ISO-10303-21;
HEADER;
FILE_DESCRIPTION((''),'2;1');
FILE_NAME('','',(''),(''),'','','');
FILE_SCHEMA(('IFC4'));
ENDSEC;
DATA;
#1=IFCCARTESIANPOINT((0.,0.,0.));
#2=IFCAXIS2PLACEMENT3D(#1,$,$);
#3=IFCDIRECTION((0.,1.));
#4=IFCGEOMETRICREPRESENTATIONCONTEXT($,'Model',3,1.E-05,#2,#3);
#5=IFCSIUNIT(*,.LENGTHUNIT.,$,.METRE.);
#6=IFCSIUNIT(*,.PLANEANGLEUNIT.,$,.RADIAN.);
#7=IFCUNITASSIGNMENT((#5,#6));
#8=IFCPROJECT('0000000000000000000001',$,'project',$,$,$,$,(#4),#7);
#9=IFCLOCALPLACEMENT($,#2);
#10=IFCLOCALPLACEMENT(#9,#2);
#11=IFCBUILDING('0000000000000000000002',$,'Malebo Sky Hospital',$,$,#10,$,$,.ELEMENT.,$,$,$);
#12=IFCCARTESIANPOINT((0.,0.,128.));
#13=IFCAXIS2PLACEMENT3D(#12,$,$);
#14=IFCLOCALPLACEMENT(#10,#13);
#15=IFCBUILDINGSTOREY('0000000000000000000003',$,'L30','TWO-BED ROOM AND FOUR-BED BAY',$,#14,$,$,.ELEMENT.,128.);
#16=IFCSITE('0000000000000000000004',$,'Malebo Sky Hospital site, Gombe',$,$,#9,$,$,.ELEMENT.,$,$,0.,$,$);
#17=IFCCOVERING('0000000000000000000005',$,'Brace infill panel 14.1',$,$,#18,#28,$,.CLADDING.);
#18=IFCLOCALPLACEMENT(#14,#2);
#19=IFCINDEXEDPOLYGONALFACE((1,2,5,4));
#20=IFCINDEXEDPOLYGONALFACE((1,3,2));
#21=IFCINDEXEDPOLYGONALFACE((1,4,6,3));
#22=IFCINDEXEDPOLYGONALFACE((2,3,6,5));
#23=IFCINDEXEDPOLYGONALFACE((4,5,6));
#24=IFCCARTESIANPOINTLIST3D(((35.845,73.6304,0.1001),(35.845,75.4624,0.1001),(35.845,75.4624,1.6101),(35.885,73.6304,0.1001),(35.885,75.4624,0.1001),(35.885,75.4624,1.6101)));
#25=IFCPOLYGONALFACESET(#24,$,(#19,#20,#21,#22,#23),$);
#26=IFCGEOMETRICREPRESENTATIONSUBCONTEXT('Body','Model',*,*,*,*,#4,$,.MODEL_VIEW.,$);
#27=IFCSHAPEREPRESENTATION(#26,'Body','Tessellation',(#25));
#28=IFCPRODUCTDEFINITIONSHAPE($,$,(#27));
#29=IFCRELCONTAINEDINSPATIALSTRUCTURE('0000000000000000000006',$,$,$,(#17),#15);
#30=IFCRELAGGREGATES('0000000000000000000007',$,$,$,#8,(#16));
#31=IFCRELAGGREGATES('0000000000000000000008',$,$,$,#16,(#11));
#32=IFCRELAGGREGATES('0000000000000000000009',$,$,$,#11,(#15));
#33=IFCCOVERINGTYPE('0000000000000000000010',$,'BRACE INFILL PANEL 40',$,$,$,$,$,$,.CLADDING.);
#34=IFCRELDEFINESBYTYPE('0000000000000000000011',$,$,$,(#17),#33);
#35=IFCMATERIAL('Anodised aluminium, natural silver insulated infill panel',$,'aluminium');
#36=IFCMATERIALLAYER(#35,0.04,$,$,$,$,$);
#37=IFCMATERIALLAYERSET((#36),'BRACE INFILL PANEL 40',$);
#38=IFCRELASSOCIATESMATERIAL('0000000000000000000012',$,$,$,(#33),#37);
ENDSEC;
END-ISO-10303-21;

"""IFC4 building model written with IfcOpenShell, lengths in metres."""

from ifc_helpers import new_model, si_unit, direction, frame, origin, place, context, subcontext, project, spatial, polyline, outline, extrude, material, layer, layer_set, type_object, element, save


model = new_model("IFC4")

# Units and contexts
model_context = context("Model", 3, precision=1e-05, world=origin(), true_north=direction((0.0, 1.0)))
body_context = subcontext(model_context, "Body", "Model", "MODEL_VIEW")
ifc_project = project(units=[si_unit("LENGTHUNIT", "METRE"), si_unit("PLANEANGLEUNIT", "RADIAN")], contexts=[model_context])

# Site, building, storey
site_placement = place(None, origin())
site = spatial("IfcSite", under=ifc_project, at=site_placement, Name="Malebo Sky Hospital site, Gombe", CompositionType="ELEMENT", RefElevation=0.0)
building_placement = place(site_placement, origin())
building = spatial("IfcBuilding", under=site, at=building_placement, Name="Malebo Sky Hospital", CompositionType="ELEMENT")
storey_placement = place(building_placement, frame((0.0, 0.0, 128.0)))
storey = spatial("IfcBuildingStorey", under=building, at=storey_placement, Name="L30", Description="TWO-BED ROOM AND FOUR-BED BAY", CompositionType="ELEMENT", Elevation=128.0)

# Covering
ifc_material_1 = material(Name="Anodised aluminium, natural silver insulated infill panel", Category="aluminium")
ifc_layer_1 = layer(ifc_material_1, 0.04)
ifc_layer_set_1 = layer_set([ifc_layer_1], Name="BRACE INFILL PANEL 40")
covering_type = type_object("IfcCoveringType", Name="BRACE INFILL PANEL 40", PredefinedType="CLADDING", material=ifc_layer_set_1)
covering_placement = place(storey_placement, frame((35.865, 74.5464, 0.1001), z_axis=(0.0, 0.0, 1.0), x_axis=(0.0, 1.0, 0.0)))
element("IfcCovering", 1, at=covering_placement, inside=storey, type_object=covering_type, Name="Brace infill panel 14.1", PredefinedType="CLADDING", context=body_context, shape_type="SweptSolid", body=[
    extrude(outline(polyline([(-0.916, 0.0), (0.916, 0.0), (0.916, 1.51), (-0.916, 0.0)])), frame((0.0, 0.02, 0.0), z_axis=(0.0, -1.0, 0.0), x_axis=(1.0, 0.0, 0.0)), (0.0, 0.0, 1.0), 0.04),
])

save(model, "model.ifc")
